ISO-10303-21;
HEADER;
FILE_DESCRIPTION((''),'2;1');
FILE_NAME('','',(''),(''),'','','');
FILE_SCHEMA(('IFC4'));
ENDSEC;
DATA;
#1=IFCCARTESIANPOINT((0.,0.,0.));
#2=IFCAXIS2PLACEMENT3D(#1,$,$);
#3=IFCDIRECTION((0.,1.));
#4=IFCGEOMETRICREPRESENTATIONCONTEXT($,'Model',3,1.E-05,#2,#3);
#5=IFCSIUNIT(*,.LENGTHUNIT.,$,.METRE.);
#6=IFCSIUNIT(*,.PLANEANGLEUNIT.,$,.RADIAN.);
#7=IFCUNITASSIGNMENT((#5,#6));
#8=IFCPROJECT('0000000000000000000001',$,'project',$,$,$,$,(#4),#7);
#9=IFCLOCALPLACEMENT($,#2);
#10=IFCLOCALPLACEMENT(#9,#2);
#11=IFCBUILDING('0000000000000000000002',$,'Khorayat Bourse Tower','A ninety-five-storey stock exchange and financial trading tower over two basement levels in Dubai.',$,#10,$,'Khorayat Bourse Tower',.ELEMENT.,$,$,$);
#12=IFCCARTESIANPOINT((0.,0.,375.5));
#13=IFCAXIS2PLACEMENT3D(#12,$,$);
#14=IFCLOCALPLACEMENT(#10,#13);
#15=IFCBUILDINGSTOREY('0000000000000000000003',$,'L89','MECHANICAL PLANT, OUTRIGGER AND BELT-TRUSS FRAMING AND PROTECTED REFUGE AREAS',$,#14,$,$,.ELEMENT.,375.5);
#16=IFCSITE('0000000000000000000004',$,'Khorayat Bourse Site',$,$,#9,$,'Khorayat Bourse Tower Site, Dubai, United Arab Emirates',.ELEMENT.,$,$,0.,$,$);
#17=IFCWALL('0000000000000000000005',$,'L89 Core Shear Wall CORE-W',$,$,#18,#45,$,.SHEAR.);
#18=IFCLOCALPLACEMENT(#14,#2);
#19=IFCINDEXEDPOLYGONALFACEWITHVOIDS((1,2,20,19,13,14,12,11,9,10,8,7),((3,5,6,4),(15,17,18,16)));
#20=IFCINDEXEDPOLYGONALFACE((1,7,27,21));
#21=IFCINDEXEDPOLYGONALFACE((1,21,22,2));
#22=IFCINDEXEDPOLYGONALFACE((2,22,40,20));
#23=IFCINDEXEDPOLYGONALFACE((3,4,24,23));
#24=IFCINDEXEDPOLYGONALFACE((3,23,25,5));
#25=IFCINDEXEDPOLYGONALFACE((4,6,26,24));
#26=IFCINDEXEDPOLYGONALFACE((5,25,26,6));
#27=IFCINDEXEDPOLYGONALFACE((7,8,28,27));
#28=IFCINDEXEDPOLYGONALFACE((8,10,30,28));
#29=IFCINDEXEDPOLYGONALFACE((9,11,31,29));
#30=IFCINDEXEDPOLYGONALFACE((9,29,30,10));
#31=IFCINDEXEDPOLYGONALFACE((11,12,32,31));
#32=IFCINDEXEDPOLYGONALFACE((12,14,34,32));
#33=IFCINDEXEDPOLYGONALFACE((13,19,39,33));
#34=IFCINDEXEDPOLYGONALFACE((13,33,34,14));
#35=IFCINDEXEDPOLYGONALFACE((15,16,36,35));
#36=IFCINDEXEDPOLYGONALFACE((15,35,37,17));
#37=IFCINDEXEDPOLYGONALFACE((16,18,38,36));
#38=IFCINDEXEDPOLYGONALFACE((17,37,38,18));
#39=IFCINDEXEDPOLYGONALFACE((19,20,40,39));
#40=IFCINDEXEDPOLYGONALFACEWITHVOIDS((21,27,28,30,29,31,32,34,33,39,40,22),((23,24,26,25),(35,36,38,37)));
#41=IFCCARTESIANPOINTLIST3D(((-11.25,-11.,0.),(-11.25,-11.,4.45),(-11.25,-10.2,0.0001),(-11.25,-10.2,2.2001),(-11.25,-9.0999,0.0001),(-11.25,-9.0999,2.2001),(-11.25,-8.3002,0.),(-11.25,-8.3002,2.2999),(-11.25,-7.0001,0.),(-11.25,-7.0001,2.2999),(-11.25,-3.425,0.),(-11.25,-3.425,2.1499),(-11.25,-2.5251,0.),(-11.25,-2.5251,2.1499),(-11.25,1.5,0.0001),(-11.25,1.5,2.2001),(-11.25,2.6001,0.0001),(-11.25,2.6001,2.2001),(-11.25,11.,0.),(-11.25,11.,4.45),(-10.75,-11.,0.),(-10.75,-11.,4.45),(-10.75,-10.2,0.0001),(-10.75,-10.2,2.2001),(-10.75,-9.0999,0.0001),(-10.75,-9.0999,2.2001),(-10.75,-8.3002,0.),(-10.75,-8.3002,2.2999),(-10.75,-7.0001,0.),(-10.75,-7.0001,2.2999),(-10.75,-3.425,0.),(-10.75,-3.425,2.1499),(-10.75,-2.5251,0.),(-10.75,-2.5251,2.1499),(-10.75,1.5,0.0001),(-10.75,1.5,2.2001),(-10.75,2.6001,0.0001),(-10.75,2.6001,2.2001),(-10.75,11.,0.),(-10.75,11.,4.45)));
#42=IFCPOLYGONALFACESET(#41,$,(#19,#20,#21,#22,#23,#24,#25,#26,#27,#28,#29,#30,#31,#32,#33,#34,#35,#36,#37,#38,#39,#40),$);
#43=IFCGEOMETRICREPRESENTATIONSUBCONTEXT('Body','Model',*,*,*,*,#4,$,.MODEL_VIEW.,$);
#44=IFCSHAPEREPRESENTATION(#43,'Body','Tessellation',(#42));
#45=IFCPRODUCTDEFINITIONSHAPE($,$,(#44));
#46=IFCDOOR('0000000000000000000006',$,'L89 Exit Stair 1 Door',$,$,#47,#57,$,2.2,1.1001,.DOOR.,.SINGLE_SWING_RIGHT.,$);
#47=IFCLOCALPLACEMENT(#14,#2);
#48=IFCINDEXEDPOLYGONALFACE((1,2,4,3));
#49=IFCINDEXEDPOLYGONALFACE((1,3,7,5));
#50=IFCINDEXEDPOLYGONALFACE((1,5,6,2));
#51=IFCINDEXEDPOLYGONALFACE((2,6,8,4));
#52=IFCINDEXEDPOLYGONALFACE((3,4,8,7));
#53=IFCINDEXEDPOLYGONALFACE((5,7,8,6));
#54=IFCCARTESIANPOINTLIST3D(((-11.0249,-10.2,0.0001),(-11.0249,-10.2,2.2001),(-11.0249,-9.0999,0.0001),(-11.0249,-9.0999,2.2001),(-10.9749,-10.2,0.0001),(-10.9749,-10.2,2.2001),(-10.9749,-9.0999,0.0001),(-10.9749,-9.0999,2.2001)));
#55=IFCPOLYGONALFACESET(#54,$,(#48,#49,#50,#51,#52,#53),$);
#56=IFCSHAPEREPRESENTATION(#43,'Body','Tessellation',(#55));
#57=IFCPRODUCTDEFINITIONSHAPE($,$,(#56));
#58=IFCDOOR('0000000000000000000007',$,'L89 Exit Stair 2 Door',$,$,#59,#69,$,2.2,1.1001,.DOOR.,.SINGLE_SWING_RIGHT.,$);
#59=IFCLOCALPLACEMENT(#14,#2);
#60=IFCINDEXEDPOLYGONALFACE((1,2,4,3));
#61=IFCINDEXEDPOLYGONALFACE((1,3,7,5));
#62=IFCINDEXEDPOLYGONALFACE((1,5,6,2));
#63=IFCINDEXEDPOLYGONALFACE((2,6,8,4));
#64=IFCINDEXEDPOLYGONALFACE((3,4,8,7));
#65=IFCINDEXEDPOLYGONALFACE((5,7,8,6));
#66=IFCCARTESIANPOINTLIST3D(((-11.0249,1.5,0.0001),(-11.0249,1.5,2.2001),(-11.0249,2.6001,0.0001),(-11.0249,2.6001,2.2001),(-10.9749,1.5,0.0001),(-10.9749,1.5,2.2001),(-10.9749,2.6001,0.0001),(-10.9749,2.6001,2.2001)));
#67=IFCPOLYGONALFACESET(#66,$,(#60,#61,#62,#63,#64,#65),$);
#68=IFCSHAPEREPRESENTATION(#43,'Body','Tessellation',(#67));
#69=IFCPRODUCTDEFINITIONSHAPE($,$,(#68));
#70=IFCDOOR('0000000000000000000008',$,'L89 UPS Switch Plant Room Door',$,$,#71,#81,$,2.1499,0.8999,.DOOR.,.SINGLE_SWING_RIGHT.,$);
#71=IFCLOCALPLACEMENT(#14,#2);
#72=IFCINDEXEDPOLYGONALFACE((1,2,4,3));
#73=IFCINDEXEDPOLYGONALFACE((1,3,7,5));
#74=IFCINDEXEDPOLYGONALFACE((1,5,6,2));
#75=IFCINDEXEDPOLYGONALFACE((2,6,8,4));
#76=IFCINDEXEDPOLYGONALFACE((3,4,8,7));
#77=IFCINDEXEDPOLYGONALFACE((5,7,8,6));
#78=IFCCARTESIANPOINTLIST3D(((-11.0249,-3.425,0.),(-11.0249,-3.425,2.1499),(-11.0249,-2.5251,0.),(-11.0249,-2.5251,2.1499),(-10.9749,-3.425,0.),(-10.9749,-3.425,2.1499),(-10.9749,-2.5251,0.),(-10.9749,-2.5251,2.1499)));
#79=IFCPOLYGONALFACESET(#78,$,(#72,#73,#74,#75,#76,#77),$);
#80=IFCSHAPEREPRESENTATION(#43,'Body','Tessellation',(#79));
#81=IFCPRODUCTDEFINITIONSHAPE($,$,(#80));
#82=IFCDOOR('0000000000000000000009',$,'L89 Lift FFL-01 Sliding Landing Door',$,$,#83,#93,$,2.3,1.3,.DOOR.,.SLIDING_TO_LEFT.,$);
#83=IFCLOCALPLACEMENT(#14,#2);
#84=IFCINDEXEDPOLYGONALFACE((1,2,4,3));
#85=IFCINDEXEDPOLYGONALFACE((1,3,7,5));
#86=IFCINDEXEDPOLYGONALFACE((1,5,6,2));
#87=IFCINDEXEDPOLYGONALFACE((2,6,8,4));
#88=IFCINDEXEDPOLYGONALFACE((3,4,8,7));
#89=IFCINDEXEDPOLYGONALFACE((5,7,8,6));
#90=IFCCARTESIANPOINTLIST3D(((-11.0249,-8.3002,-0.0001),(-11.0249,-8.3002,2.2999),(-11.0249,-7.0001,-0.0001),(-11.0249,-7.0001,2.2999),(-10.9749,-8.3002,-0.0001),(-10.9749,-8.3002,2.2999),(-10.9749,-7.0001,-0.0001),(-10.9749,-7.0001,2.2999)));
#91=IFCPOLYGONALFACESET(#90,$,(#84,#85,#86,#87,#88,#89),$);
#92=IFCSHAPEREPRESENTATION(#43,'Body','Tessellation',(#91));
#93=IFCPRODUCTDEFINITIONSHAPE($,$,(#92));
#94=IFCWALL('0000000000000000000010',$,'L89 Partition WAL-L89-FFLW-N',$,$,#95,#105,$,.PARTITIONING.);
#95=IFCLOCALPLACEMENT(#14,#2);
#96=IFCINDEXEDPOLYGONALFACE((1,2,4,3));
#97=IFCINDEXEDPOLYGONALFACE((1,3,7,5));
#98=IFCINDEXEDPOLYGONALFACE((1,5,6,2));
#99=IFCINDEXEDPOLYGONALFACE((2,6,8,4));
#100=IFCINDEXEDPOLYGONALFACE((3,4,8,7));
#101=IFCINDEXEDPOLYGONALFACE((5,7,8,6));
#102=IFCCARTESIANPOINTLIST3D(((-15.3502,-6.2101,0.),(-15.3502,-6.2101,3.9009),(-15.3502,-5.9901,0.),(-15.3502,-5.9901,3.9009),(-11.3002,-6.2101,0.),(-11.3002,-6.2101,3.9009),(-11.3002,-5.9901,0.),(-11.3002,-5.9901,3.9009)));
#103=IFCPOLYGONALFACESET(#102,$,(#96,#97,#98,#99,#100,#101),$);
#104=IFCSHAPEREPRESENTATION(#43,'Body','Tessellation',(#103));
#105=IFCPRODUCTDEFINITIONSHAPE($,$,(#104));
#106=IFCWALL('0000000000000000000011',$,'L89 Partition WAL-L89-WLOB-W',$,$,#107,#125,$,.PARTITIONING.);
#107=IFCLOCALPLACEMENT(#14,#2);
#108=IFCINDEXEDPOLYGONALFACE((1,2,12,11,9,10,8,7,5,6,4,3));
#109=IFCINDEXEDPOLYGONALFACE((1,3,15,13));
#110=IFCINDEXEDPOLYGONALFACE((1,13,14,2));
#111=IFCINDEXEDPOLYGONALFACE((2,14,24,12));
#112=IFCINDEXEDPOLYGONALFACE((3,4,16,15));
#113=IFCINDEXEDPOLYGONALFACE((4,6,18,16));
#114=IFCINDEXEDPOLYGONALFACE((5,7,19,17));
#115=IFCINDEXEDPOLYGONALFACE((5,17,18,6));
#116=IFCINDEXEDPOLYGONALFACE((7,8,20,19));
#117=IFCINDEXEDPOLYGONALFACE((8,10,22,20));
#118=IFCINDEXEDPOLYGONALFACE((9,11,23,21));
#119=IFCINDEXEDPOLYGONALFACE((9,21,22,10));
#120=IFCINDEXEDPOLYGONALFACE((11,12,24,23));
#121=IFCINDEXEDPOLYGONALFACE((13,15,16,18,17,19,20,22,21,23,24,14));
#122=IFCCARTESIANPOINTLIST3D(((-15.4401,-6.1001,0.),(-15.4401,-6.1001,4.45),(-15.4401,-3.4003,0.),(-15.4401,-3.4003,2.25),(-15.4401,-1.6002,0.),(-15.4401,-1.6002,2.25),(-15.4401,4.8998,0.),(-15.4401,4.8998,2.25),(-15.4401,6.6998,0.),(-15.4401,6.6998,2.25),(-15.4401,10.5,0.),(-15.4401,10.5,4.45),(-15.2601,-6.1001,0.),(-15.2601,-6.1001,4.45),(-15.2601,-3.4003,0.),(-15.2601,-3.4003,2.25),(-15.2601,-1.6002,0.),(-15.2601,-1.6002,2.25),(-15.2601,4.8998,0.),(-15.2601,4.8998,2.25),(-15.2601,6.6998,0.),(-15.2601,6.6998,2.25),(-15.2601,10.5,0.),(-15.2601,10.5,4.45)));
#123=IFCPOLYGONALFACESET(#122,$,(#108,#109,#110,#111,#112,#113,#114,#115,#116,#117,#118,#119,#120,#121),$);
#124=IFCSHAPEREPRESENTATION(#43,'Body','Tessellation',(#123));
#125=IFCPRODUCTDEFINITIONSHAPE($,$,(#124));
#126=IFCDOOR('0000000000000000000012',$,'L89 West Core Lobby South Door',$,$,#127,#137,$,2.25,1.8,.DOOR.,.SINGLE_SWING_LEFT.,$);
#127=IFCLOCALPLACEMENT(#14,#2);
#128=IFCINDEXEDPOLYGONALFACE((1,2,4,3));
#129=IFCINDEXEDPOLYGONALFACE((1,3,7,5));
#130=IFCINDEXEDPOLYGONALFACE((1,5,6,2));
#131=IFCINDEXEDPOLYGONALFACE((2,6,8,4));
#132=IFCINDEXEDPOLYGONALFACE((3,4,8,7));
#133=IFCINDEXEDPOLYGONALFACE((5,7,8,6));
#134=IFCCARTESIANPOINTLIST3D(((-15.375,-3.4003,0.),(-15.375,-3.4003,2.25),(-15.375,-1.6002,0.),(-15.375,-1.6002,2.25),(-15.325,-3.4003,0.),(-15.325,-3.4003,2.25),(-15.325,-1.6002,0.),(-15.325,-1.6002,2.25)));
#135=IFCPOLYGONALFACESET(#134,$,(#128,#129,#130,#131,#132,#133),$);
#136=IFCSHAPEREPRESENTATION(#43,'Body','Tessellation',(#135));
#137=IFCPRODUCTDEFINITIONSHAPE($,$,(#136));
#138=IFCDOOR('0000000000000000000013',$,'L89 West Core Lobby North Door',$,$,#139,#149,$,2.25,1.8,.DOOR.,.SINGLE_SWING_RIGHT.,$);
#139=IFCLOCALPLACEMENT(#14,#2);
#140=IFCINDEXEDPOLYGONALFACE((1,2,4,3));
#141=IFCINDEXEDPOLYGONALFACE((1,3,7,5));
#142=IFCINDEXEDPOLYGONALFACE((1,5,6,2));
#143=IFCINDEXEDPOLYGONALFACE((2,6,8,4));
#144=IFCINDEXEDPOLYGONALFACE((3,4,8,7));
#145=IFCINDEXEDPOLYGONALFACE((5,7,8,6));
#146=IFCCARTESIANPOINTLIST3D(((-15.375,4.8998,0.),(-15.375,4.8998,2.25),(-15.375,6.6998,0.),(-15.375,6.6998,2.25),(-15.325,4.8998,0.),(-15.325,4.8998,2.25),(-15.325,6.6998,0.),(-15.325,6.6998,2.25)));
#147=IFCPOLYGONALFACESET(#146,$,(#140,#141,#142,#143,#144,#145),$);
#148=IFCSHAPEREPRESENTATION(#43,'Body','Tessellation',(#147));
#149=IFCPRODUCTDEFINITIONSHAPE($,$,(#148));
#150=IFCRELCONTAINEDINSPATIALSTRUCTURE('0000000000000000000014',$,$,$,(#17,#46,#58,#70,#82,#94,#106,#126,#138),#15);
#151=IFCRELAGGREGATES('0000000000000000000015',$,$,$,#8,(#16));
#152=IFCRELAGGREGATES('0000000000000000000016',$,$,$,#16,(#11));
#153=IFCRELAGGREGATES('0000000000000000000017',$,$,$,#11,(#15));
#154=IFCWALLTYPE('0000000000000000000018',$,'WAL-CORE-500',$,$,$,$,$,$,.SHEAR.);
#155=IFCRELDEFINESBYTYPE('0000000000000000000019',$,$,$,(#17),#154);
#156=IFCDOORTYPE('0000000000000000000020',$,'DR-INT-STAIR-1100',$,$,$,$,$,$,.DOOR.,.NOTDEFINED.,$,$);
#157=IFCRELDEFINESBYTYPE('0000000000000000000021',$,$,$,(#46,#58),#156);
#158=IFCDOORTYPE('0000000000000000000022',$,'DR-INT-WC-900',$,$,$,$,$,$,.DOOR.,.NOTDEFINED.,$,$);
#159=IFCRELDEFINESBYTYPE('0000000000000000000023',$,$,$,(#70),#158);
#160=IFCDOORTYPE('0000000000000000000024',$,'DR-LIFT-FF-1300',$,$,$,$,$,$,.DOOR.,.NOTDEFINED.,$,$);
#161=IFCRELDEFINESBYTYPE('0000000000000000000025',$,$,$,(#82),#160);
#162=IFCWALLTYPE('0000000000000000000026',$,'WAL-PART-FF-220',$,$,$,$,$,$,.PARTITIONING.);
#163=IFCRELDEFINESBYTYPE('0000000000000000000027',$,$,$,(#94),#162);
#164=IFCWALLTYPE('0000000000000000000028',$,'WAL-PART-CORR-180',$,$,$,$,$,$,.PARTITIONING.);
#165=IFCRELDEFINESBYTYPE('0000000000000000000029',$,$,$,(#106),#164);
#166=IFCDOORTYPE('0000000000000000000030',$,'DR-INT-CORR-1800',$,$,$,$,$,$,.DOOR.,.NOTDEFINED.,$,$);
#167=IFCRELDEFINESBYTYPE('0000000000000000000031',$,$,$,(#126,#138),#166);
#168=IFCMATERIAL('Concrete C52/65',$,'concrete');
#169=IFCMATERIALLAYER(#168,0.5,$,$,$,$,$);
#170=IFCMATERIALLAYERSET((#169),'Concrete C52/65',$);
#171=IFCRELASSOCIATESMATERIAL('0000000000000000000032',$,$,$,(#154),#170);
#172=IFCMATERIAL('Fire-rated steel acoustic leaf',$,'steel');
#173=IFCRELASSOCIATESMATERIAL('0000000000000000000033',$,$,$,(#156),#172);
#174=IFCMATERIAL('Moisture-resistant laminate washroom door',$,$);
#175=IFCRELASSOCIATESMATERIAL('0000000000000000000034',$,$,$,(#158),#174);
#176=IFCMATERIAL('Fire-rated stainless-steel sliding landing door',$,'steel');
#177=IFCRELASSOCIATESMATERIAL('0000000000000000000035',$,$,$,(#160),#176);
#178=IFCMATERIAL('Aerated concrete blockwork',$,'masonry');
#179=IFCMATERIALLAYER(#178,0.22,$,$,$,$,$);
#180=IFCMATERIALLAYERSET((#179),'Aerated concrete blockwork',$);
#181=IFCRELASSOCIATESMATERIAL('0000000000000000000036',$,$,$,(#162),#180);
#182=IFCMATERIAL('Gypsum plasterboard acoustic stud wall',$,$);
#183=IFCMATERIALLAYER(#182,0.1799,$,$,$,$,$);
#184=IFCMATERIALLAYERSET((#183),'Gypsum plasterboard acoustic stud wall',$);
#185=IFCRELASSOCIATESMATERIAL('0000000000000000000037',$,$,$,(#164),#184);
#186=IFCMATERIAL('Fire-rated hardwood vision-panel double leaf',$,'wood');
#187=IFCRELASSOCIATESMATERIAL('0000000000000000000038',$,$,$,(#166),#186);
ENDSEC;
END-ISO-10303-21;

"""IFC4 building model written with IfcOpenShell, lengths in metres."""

from ifc_helpers import new_model, si_unit, direction, frame, frame_2d, origin, place, context, subcontext, project, spatial, rectangle, extrude, source, transform, mapped, material, layer, layer_set, type_object, element, fill, save


model = new_model("IFC4")

# Units and contexts
model_context = context("Model", 3, precision=1e-05, world=origin(), true_north=direction((0.0, 1.0)))
body_context = subcontext(model_context, "Body", "Model", "MODEL_VIEW")
ifc_project = project(units=[si_unit("LENGTHUNIT", "METRE"), si_unit("PLANEANGLEUNIT", "RADIAN")], contexts=[model_context])

# Site, building, storey
site_placement = place(None, origin())
site = spatial("IfcSite", under=ifc_project, at=site_placement, Name="Khorayat Bourse Site", LongName="Khorayat Bourse Tower Site, Dubai, United Arab Emirates", CompositionType="ELEMENT", RefElevation=0.0)
building_placement = place(site_placement, origin())
building = spatial("IfcBuilding", under=site, at=building_placement, Name="Khorayat Bourse Tower", Description="A ninety-five-storey stock exchange and financial trading tower over two basement levels in Dubai.", LongName="Khorayat Bourse Tower", CompositionType="ELEMENT")
storey_placement = place(building_placement, frame((0.0, 0.0, 375.5)))
storey = spatial("IfcBuildingStorey", under=building, at=storey_placement, Name="L89", Description="MECHANICAL PLANT, OUTRIGGER AND BELT-TRUSS FRAMING AND PROTECTED REFUGE AREAS", CompositionType="ELEMENT", Elevation=375.5)

# Shared definitions
ifc_material_1 = material(Name="Concrete C52/65", Category="concrete")

# Wall, openings, doors
ifc_layer_1 = layer(ifc_material_1, 0.5)
ifc_layer_set_1 = layer_set([ifc_layer_1], Name="Concrete C52/65")
wall_type_1 = type_object("IfcWallType", Name="WAL-CORE-500", PredefinedType="SHEAR", material=ifc_layer_set_1)
shared_shape_1 = source(origin(), body_context, "Body", "SweptSolid", [
    extrude(rectangle(XDim=22.0, YDim=0.5, at=frame_2d((11.0, 0.0))), origin(), (0.0, 0.0, 1.0), 4.45),
])
wall_1_placement = place(storey_placement, frame((-11.0, -11.0, 0.0), z_axis=(0.0, 0.0, 1.0), x_axis=(0.0, 1.0, 0.0)))
wall_1 = element("IfcWall", 1, at=wall_1_placement, inside=storey, type_object=wall_type_1, Name="L89 Core Shear Wall CORE-W", PredefinedType="SHEAR", context=body_context, shape_type="MappedRepresentation", body=[
    mapped(shared_shape_1, transform((0.0, 0.0, 0.0), scale=1.0)),
])
shared_shape_2 = source(origin(), body_context, "Body", "SweptSolid", [
    extrude(rectangle(XDim=1.1001, YDim=2.2, at=frame_2d((0.55, 1.1001))), frame((0.0, 0.26, 0.0), z_axis=(0.0, -1.0, 0.0), x_axis=(1.0, 0.0, 0.0)), (0.0, 0.0, 1.0), 0.52),
])
opening_1_placement = place(wall_1_placement, frame((0.8, 0.0, 0.0)))
opening_1 = element("IfcOpeningElement", 2, at=opening_1_placement, cuts=wall_1, PredefinedType="OPENING", context=body_context, shape_type="MappedRepresentation", body=[
    mapped(shared_shape_2, transform((0.0, 0.0, 0.0), scale=1.0)),
])
opening_2_placement = place(wall_1_placement, frame((12.5, 0.0, 0.0)))
opening_2 = element("IfcOpeningElement", 3, at=opening_2_placement, cuts=wall_1, PredefinedType="OPENING", context=body_context, shape_type="MappedRepresentation", body=[
    mapped(shared_shape_2, transform((0.0, 0.0, 0.0), scale=1.0)),
])
shared_shape_3 = source(origin(), body_context, "Body", "SweptSolid", [
    extrude(rectangle(XDim=0.8999, YDim=2.1499, at=frame_2d((0.45, 1.075))), frame((0.0, 0.26, 0.0), z_axis=(0.0, -1.0, 0.0), x_axis=(1.0, 0.0, 0.0)), (0.0, 0.0, 1.0), 0.52),
])
opening_3_placement = place(wall_1_placement, frame((7.575, 0.0, 0.0)))
opening_3 = element("IfcOpeningElement", 4, at=opening_3_placement, cuts=wall_1, PredefinedType="OPENING", context=body_context, shape_type="MappedRepresentation", body=[
    mapped(shared_shape_3, transform((0.0, 0.0, 0.0), scale=1.0)),
])
shared_shape_4 = source(origin(), body_context, "Body", "SweptSolid", [
    extrude(rectangle(XDim=1.3, YDim=2.3, at=frame_2d((0.6499, 1.1499))), frame((0.0, 0.26, 0.0), z_axis=(0.0, -1.0, 0.0), x_axis=(1.0, 0.0, 0.0)), (0.0, 0.0, 1.0), 0.52),
])
opening_4_placement = place(wall_1_placement, frame((2.7, 0.0, 0.0)))
opening_4 = element("IfcOpeningElement", 5, at=opening_4_placement, cuts=wall_1, PredefinedType="OPENING", context=body_context, shape_type="MappedRepresentation", body=[
    mapped(shared_shape_4, transform((0.0, 0.0, 0.0), scale=1.0)),
])
ifc_material_2 = material(Name="Fire-rated steel acoustic leaf", Category="steel")
door_type_1 = type_object("IfcDoorType", Name="DR-INT-STAIR-1100", OperationType="NOTDEFINED", PredefinedType="DOOR", material=ifc_material_2)
shared_shape_5 = source(origin(), body_context, "Body", "SweptSolid", [
    extrude(rectangle(XDim=1.1001, YDim=2.2, at=frame_2d((0.55, 1.1001))), frame((0.0, 0.0249, 0.0), z_axis=(0.0, -1.0, 0.0), x_axis=(1.0, 0.0, 0.0)), (0.0, 0.0, 1.0), 0.05),
])
door_1_placement = place(opening_1_placement, origin())
door_1 = element("IfcDoor", 6, at=door_1_placement, inside=storey, type_object=door_type_1, Name="L89 Exit Stair 1 Door", OperationType="SINGLE_SWING_RIGHT", OverallHeight=2.2, OverallWidth=1.1001, PredefinedType="DOOR", context=body_context, shape_type="MappedRepresentation", body=[
    mapped(shared_shape_5, transform((0.0, 0.0, 0.0), scale=1.0)),
])
fill(opening_1, door_1)
door_2_placement = place(opening_2_placement, origin())
door_2 = element("IfcDoor", 7, at=door_2_placement, inside=storey, type_object=door_type_1, Name="L89 Exit Stair 2 Door", OperationType="SINGLE_SWING_RIGHT", OverallHeight=2.2, OverallWidth=1.1001, PredefinedType="DOOR", context=body_context, shape_type="MappedRepresentation", body=[
    mapped(shared_shape_5, transform((0.0, 0.0, 0.0), scale=1.0)),
])
fill(opening_2, door_2)
ifc_material_3 = material(Name="Moisture-resistant laminate washroom door")
door_type_2 = type_object("IfcDoorType", Name="DR-INT-WC-900", OperationType="NOTDEFINED", PredefinedType="DOOR", material=ifc_material_3)
shared_shape_6 = source(origin(), body_context, "Body", "SweptSolid", [
    extrude(rectangle(XDim=0.8999, YDim=2.1499, at=frame_2d((0.45, 1.075))), frame((0.0, 0.0249, 0.0), z_axis=(0.0, -1.0, 0.0), x_axis=(1.0, 0.0, 0.0)), (0.0, 0.0, 1.0), 0.05),
])
door_3_placement = place(opening_3_placement, origin())
door_3 = element("IfcDoor", 8, at=door_3_placement, inside=storey, type_object=door_type_2, Name="L89 UPS Switch Plant Room Door", OperationType="SINGLE_SWING_RIGHT", OverallHeight=2.1499, OverallWidth=0.8999, PredefinedType="DOOR", context=body_context, shape_type="MappedRepresentation", body=[
    mapped(shared_shape_6, transform((0.0, 0.0, 0.0), scale=1.0)),
])
fill(opening_3, door_3)
ifc_material_4 = material(Name="Fire-rated stainless-steel sliding landing door", Category="steel")
door_type_3 = type_object("IfcDoorType", Name="DR-LIFT-FF-1300", OperationType="NOTDEFINED", PredefinedType="DOOR", material=ifc_material_4)
shared_shape_7 = source(origin(), body_context, "Body", "SweptSolid", [
    extrude(rectangle(XDim=1.3, YDim=2.3, at=frame_2d((0.6499, 1.1499))), frame((0.0, 0.0249, 0.0), z_axis=(0.0, -1.0, 0.0), x_axis=(1.0, 0.0, 0.0)), (0.0, 0.0, 1.0), 0.05),
])
door_4_placement = place(opening_4_placement, origin())
door_4 = element("IfcDoor", 9, at=door_4_placement, inside=storey, type_object=door_type_3, Name="L89 Lift FFL-01 Sliding Landing Door", OperationType="SLIDING_TO_LEFT", OverallHeight=2.3, OverallWidth=1.3, PredefinedType="DOOR", context=body_context, shape_type="MappedRepresentation", body=[
    mapped(shared_shape_7, transform((0.0, 0.0, 0.0), scale=1.0)),
])
fill(opening_4, door_4)

# Wall
ifc_material_5 = material(Name="Aerated concrete blockwork", Category="masonry")
ifc_layer_2 = layer(ifc_material_5, 0.22)
ifc_layer_set_2 = layer_set([ifc_layer_2], Name="Aerated concrete blockwork")
wall_type_2 = type_object("IfcWallType", Name="WAL-PART-FF-220", PredefinedType="PARTITIONING", material=ifc_layer_set_2)
shared_shape_8 = source(origin(), body_context, "Body", "SweptSolid", [
    extrude(rectangle(XDim=4.05, YDim=0.22, at=frame_2d((2.0249, 0.0))), origin(), (0.0, 0.0, 1.0), 3.9009),
])
wall_2_placement = place(storey_placement, frame((-15.3501, -6.1001, 0.0), z_axis=(0.0, 0.0, 1.0), x_axis=(1.0, 0.0, 0.0)))
element("IfcWall", 10, at=wall_2_placement, inside=storey, type_object=wall_type_2, Name="L89 Partition WAL-L89-FFLW-N", PredefinedType="PARTITIONING", context=body_context, shape_type="MappedRepresentation", body=[
    mapped(shared_shape_8, transform((0.0, 0.0, 0.0), scale=1.0)),
])

# Wall, openings, doors
ifc_material_6 = material(Name="Gypsum plasterboard acoustic stud wall")
ifc_layer_3 = layer(ifc_material_6, 0.1799)
ifc_layer_set_3 = layer_set([ifc_layer_3], Name="Gypsum plasterboard acoustic stud wall")
wall_type_3 = type_object("IfcWallType", Name="WAL-PART-CORR-180", PredefinedType="PARTITIONING", material=ifc_layer_set_3)
shared_shape_9 = source(origin(), body_context, "Body", "SweptSolid", [
    extrude(rectangle(XDim=16.6001, YDim=0.1799, at=frame_2d((8.3, 0.0))), origin(), (0.0, 0.0, 1.0), 4.45),
])
wall_3_placement = place(storey_placement, frame((-15.3501, -6.1001, 0.0), z_axis=(0.0, 0.0, 1.0), x_axis=(0.0, 1.0, 0.0)))
wall_3 = element("IfcWall", 11, at=wall_3_placement, inside=storey, type_object=wall_type_3, Name="L89 Partition WAL-L89-WLOB-W", PredefinedType="PARTITIONING", context=body_context, shape_type="MappedRepresentation", body=[
    mapped(shared_shape_9, transform((0.0, 0.0, 0.0), scale=1.0)),
])
shared_shape_10 = source(origin(), body_context, "Body", "SweptSolid", [
    extrude(rectangle(XDim=1.8, YDim=2.25, at=frame_2d((0.8999, 1.125))), frame((0.0, 0.0999, 0.0), z_axis=(0.0, -1.0, 0.0), x_axis=(1.0, 0.0, 0.0)), (0.0, 0.0, 1.0), 0.2),
])
opening_5_placement = place(wall_3_placement, frame((2.7, 0.0, 0.0)))
opening_5 = element("IfcOpeningElement", 12, at=opening_5_placement, cuts=wall_3, PredefinedType="OPENING", context=body_context, shape_type="MappedRepresentation", body=[
    mapped(shared_shape_10, transform((0.0, 0.0, 0.0), scale=1.0)),
])
opening_6_placement = place(wall_3_placement, frame((11.0, 0.0, 0.0)))
opening_6 = element("IfcOpeningElement", 13, at=opening_6_placement, cuts=wall_3, PredefinedType="OPENING", context=body_context, shape_type="MappedRepresentation", body=[
    mapped(shared_shape_10, transform((0.0, 0.0, 0.0), scale=1.0)),
])
ifc_material_7 = material(Name="Fire-rated hardwood vision-panel double leaf", Category="wood")
door_type_4 = type_object("IfcDoorType", Name="DR-INT-CORR-1800", OperationType="NOTDEFINED", PredefinedType="DOOR", material=ifc_material_7)
shared_shape_11 = source(origin(), body_context, "Body", "SweptSolid", [
    extrude(rectangle(XDim=1.8, YDim=2.25, at=frame_2d((0.8999, 1.125))), frame((0.0, 0.0249, 0.0), z_axis=(0.0, -1.0, 0.0), x_axis=(1.0, 0.0, 0.0)), (0.0, 0.0, 1.0), 0.05),
])
door_5_placement = place(opening_5_placement, origin())
door_5 = element("IfcDoor", 14, at=door_5_placement, inside=storey, type_object=door_type_4, Name="L89 West Core Lobby South Door", OperationType="SINGLE_SWING_LEFT", OverallHeight=2.25, OverallWidth=1.8, PredefinedType="DOOR", context=body_context, shape_type="MappedRepresentation", body=[
    mapped(shared_shape_11, transform((0.0, 0.0, 0.0), scale=1.0)),
])
fill(opening_5, door_5)
door_6_placement = place(opening_6_placement, origin())
door_6 = element("IfcDoor", 15, at=door_6_placement, inside=storey, type_object=door_type_4, Name="L89 West Core Lobby North Door", OperationType="SINGLE_SWING_RIGHT", OverallHeight=2.25, OverallWidth=1.8, PredefinedType="DOOR", context=body_context, shape_type="MappedRepresentation", body=[
    mapped(shared_shape_11, transform((0.0, 0.0, 0.0), scale=1.0)),
])
fill(opening_6, door_6)

save(model, "model.ifc")
